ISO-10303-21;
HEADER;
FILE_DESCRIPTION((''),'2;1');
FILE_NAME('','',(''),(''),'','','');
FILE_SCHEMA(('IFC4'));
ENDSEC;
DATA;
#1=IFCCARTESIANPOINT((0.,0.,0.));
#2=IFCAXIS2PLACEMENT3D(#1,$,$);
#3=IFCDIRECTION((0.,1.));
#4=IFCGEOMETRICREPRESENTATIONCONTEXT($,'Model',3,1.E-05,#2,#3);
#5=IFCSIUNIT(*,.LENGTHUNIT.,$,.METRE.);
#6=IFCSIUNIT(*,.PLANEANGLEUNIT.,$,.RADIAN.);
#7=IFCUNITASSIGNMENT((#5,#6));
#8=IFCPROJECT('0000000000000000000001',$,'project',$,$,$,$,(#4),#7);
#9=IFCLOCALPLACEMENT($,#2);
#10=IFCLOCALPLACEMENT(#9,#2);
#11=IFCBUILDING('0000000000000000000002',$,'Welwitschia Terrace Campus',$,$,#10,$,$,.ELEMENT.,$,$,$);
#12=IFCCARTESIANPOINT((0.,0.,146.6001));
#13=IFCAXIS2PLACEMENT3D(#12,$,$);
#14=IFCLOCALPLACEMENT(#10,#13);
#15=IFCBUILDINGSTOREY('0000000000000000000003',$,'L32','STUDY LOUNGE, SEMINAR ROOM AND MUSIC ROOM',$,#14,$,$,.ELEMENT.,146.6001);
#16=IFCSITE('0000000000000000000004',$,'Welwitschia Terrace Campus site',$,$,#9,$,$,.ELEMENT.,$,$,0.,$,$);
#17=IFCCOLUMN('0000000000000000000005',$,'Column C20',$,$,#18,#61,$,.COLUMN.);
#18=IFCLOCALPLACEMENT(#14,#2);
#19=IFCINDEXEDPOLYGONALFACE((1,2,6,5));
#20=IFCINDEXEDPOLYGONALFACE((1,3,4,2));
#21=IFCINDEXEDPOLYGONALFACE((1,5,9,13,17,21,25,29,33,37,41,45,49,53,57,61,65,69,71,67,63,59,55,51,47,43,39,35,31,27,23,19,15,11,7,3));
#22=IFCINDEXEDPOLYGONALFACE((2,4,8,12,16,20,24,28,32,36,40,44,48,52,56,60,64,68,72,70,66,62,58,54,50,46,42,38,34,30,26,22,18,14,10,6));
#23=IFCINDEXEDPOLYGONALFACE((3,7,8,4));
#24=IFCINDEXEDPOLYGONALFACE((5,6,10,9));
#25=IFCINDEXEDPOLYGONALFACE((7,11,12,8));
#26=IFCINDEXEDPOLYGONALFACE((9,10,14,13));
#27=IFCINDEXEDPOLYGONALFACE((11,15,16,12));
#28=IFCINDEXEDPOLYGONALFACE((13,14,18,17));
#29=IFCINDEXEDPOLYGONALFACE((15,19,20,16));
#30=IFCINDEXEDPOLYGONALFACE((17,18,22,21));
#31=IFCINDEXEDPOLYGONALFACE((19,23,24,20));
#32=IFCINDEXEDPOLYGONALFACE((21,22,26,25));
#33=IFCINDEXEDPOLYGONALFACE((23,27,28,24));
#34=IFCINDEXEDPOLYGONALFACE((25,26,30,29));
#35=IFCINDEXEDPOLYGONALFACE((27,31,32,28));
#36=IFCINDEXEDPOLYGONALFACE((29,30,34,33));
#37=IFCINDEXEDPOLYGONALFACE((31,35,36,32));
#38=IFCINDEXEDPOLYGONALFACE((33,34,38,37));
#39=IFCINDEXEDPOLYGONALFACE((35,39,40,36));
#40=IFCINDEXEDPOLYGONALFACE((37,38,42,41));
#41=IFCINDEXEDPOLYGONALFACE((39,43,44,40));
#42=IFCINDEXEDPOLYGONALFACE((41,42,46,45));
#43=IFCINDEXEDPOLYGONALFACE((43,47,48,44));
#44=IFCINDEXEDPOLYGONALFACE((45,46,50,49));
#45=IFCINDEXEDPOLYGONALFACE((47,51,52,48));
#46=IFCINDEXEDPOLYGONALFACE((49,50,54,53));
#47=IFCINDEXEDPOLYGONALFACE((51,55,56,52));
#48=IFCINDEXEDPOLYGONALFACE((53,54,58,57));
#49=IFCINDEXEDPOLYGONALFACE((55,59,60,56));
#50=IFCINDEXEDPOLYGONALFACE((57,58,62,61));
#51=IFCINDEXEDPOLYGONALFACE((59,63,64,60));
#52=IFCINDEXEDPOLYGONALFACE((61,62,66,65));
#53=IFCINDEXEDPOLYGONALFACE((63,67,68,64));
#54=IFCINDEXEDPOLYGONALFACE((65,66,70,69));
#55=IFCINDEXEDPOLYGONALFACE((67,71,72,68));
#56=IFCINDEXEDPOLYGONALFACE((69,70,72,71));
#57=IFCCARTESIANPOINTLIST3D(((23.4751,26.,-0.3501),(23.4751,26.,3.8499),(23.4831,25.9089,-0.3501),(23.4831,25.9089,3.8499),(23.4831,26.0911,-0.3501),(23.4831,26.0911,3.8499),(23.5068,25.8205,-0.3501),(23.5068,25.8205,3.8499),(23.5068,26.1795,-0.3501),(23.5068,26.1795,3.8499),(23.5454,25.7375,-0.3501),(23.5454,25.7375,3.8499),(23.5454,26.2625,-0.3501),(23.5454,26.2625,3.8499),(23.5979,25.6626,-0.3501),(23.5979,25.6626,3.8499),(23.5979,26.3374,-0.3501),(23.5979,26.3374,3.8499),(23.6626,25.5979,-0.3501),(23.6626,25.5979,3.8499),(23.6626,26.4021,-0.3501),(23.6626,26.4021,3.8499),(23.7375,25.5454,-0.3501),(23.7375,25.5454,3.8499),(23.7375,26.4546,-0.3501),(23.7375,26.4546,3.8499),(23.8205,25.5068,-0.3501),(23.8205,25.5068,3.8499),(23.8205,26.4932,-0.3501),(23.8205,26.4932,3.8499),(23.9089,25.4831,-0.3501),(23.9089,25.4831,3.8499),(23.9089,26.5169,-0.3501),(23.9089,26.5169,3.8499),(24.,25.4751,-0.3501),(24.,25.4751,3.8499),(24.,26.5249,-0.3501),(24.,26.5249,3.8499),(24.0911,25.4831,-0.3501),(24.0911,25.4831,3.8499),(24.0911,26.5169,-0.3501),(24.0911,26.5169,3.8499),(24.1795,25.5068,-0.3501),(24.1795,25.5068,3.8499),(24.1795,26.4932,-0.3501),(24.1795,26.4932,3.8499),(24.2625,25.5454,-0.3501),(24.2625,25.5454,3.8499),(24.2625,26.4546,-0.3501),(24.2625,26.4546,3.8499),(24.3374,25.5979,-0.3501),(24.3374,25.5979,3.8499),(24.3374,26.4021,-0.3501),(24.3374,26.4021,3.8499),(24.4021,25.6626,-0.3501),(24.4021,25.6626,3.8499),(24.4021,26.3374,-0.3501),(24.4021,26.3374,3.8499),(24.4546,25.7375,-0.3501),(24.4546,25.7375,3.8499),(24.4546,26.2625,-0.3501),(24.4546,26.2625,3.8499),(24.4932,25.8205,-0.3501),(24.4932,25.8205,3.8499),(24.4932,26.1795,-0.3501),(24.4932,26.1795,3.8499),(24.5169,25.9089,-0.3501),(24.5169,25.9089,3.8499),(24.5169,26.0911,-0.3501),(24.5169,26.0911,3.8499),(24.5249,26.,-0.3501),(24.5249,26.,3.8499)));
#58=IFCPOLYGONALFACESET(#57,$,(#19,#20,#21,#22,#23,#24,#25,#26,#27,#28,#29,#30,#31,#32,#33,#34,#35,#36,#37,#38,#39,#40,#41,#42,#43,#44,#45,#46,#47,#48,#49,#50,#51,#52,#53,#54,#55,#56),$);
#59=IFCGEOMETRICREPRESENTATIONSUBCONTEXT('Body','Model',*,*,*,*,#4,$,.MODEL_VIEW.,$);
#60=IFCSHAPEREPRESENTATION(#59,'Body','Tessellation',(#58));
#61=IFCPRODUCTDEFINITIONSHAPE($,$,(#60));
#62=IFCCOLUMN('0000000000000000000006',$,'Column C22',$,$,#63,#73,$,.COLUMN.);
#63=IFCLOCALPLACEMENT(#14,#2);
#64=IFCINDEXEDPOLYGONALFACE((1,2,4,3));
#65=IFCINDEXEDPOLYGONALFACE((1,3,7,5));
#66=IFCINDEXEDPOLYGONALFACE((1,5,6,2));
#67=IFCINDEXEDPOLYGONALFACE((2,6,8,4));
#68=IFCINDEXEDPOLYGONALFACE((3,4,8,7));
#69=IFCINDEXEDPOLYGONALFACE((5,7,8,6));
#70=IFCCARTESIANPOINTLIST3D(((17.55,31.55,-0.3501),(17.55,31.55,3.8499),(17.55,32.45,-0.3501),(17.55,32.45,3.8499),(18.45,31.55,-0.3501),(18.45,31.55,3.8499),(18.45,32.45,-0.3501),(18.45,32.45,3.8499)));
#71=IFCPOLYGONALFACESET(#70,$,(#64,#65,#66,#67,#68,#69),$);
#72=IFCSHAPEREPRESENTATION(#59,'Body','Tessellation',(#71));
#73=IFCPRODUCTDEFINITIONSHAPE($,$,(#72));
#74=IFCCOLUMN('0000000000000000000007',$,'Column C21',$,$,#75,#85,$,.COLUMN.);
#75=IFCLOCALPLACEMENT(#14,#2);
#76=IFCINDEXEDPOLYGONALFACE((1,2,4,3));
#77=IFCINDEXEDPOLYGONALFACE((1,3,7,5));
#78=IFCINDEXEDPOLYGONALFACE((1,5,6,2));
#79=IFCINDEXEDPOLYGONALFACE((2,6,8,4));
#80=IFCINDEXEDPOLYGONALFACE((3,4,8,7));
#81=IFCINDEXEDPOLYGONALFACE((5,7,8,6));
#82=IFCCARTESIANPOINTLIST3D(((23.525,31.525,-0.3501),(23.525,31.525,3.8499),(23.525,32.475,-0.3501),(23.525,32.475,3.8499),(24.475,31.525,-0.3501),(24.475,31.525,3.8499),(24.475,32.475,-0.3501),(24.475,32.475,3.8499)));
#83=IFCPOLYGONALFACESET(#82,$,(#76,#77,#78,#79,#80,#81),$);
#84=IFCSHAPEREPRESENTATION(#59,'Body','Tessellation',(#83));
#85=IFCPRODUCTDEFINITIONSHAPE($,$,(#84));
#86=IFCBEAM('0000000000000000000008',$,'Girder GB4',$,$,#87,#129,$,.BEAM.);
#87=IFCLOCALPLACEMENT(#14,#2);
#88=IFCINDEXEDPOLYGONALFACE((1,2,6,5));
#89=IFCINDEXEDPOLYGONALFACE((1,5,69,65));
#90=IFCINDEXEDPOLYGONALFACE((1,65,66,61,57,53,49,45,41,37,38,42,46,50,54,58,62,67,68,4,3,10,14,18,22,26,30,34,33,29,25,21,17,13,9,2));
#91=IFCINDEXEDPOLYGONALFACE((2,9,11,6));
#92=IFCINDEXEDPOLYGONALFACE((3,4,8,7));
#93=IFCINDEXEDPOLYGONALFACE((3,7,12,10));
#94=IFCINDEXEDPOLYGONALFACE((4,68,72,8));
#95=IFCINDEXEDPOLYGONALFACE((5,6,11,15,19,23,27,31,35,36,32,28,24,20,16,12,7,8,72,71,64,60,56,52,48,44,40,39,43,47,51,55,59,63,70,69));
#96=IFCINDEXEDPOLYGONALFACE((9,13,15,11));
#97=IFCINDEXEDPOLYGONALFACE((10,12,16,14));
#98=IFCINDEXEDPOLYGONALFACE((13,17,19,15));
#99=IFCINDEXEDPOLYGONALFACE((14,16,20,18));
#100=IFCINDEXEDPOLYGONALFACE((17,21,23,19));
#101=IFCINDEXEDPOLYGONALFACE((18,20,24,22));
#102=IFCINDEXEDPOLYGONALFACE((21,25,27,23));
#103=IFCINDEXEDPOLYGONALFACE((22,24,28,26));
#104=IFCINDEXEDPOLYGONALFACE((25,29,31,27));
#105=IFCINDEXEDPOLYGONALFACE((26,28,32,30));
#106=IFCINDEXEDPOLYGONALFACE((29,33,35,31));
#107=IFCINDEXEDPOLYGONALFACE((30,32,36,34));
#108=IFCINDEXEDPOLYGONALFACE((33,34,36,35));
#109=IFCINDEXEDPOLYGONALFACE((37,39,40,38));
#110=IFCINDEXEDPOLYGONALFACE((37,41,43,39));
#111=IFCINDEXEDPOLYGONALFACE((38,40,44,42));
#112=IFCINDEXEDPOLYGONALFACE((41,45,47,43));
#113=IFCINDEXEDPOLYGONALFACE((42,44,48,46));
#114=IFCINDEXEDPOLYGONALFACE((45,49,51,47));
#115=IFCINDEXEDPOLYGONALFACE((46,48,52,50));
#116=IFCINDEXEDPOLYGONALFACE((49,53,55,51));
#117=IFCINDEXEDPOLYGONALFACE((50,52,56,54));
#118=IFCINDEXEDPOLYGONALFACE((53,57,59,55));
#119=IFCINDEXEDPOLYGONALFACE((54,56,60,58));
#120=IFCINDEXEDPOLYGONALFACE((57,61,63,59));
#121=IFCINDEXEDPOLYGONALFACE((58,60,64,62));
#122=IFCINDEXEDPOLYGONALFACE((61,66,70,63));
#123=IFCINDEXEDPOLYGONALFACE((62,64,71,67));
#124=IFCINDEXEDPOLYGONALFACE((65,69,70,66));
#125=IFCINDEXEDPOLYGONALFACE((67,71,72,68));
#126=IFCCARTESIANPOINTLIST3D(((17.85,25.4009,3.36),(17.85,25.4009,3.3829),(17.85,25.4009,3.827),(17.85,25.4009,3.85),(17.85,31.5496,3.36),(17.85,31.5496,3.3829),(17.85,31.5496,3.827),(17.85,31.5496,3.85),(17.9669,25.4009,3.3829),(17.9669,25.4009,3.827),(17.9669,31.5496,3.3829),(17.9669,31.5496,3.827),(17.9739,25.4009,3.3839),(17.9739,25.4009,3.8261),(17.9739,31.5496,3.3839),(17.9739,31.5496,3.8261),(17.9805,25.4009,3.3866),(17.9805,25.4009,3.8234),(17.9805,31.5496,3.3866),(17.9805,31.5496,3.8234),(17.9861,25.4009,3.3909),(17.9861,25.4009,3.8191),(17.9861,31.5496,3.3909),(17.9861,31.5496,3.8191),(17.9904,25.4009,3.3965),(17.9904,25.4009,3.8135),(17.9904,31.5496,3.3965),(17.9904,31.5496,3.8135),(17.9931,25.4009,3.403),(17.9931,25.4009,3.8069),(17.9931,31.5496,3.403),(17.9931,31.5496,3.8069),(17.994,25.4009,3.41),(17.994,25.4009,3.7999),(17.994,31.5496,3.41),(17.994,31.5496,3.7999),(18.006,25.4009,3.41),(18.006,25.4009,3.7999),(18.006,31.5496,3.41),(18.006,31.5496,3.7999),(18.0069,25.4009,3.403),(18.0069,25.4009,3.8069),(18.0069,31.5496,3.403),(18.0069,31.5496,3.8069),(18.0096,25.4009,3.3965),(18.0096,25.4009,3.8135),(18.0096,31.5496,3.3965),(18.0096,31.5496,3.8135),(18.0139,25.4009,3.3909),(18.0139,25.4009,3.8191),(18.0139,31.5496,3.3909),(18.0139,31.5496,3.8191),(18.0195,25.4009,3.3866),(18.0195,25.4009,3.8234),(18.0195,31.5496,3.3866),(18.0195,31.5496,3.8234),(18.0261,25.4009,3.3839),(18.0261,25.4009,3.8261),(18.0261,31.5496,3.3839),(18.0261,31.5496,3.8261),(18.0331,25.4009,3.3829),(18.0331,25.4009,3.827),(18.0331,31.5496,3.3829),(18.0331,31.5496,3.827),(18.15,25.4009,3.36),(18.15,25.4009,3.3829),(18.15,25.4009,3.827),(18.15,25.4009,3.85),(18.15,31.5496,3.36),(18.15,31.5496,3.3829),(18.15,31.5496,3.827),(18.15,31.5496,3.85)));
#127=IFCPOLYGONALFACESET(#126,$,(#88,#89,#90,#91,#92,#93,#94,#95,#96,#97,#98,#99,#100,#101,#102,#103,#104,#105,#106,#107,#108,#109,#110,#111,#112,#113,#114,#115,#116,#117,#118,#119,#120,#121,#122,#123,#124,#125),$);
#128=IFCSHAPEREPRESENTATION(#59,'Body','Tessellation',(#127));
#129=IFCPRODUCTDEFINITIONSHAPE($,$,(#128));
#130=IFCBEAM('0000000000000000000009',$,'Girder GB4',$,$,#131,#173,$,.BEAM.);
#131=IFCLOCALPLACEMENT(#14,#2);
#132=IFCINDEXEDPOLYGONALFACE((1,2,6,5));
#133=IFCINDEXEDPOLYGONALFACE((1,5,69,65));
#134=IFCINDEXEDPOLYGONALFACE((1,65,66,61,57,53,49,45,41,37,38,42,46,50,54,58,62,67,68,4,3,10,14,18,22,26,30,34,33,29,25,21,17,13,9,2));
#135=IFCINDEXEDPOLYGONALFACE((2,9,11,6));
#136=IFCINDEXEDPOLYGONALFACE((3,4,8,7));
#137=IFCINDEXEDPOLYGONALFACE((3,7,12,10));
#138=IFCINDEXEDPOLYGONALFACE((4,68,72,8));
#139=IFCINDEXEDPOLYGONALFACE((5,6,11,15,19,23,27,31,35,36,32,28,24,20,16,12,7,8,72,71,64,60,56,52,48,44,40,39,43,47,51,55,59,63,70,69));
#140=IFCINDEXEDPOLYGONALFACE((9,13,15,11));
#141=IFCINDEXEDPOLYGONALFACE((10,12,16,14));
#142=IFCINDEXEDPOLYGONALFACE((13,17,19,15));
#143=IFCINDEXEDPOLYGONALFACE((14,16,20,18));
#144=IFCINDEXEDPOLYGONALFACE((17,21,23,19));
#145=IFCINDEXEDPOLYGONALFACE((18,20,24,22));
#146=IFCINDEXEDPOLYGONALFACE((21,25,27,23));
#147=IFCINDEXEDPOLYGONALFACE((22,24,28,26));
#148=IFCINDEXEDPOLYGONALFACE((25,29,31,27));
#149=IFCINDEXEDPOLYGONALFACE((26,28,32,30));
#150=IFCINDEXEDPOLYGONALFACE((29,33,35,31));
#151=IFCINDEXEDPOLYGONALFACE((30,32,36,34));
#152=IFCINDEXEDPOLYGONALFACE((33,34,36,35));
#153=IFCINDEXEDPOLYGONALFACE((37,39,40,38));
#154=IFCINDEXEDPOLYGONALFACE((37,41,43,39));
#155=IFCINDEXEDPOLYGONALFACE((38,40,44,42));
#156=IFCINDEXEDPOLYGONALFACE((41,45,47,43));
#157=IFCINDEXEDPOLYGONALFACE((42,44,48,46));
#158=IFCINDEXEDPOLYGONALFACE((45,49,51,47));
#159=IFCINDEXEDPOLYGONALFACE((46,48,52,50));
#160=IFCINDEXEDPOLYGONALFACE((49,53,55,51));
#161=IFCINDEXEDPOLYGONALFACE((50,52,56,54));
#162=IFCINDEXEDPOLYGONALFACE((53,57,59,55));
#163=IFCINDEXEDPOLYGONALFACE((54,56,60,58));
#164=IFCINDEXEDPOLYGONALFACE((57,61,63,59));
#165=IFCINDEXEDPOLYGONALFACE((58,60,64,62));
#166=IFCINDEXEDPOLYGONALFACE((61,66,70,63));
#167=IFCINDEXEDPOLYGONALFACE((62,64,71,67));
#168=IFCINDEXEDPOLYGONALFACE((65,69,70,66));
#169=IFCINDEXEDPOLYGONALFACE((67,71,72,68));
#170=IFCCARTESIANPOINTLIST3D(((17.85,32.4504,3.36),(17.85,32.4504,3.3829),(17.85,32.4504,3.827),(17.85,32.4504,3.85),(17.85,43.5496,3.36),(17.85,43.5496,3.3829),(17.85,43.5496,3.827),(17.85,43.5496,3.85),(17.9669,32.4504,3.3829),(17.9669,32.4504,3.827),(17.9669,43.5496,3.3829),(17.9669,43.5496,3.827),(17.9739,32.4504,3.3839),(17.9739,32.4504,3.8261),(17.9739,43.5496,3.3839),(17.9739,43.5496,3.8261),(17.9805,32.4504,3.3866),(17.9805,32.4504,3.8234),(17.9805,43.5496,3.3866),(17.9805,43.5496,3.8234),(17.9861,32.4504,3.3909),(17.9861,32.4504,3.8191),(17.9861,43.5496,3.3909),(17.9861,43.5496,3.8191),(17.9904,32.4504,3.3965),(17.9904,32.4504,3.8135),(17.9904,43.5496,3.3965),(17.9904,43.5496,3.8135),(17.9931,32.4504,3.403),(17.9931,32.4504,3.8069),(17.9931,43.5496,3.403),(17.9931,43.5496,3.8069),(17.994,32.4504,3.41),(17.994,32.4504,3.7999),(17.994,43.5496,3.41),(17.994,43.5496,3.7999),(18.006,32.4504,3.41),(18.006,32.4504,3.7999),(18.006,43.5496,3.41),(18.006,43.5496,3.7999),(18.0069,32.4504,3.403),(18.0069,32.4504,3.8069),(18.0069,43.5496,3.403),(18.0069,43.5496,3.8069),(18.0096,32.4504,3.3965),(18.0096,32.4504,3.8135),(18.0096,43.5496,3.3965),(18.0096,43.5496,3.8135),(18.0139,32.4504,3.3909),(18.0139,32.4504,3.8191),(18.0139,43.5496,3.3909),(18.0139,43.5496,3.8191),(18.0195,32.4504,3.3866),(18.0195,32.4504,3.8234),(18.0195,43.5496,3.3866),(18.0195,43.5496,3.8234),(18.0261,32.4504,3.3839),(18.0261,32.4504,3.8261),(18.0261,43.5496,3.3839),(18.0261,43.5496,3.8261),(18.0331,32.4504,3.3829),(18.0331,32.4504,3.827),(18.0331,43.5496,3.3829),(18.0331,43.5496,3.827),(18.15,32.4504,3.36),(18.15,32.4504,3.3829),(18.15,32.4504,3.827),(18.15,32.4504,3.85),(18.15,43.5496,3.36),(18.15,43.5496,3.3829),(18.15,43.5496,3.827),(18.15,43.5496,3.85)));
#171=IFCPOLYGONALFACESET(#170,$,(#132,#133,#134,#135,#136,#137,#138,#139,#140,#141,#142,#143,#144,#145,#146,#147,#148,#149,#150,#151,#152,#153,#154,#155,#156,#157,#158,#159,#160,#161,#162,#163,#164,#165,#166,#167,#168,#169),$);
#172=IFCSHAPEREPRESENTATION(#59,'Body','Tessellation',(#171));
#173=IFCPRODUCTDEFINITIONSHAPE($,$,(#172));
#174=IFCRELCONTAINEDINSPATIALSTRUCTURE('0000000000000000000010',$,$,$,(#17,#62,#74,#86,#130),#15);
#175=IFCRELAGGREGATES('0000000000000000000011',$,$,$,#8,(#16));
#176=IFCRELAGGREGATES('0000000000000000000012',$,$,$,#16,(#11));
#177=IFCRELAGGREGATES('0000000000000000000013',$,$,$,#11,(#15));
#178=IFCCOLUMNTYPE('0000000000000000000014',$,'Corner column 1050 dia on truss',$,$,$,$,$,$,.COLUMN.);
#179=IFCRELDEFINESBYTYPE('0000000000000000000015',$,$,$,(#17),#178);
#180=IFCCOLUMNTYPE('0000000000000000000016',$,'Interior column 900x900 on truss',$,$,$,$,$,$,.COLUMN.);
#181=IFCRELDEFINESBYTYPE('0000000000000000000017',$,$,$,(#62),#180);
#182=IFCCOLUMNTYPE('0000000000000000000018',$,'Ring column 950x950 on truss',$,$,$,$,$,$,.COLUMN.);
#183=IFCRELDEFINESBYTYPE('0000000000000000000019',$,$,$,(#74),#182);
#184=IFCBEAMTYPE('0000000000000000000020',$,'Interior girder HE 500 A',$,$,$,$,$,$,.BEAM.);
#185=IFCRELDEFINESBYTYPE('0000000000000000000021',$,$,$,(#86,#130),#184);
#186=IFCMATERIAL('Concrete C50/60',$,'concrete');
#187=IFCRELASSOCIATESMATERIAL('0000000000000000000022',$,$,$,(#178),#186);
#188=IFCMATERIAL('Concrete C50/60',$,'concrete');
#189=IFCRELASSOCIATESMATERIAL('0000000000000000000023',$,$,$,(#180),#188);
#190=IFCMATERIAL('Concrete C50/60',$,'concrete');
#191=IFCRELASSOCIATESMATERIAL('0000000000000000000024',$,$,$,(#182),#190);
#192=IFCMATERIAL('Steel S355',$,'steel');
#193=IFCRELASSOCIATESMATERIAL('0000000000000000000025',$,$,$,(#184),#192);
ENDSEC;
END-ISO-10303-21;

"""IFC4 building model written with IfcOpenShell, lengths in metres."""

from ifc_helpers import new_model, si_unit, direction, frame, origin, origin_2d, place, context, subcontext, project, spatial, rectangle, circle, i_section, extrude, material, material_profile, profile_set, type_object, element, save


model = new_model("IFC4")

# Units and contexts
model_context = context("Model", 3, precision=1e-05, world=origin(), true_north=direction((0.0, 1.0)))
body_context = subcontext(model_context, "Body", "Model", "MODEL_VIEW")
ifc_project = project(units=[si_unit("LENGTHUNIT", "METRE"), si_unit("PLANEANGLEUNIT", "RADIAN")], contexts=[model_context])

# Site, building, storey
site_placement = place(None, origin())
site = spatial("IfcSite", under=ifc_project, at=site_placement, Name="Welwitschia Terrace Campus site", CompositionType="ELEMENT", RefElevation=0.0)
building_placement = place(site_placement, origin())
building = spatial("IfcBuilding", under=site, at=building_placement, Name="Welwitschia Terrace Campus", CompositionType="ELEMENT")
storey_placement = place(building_placement, frame((0.0, 0.0, 146.6001)))
storey = spatial("IfcBuildingStorey", under=building, at=storey_placement, Name="L32", Description="STUDY LOUNGE, SEMINAR ROOM AND MUSIC ROOM", CompositionType="ELEMENT", Elevation=146.6001)

# Columns
ifc_material_1 = material(Name="Concrete C50/60", Category="concrete")
ifc_material_profile_1 = material_profile(ifc_material_1, circle(Radius=0.5249, at=origin_2d()))
ifc_profile_set_1 = profile_set([ifc_material_profile_1], Name="Concrete C50/60")
column_type_1 = type_object("IfcColumnType", Name="Corner column 1050 dia on truss", PredefinedType="COLUMN", material=ifc_profile_set_1)
column_1_placement = place(storey_placement, frame((24.0, 26.0, -0.3501), z_axis=(0.0, 0.0, 1.0), x_axis=(1.0, 0.0, 0.0)))
element("IfcColumn", 1, at=column_1_placement, inside=storey, type_object=column_type_1, Name="Column C20", PredefinedType="COLUMN", context=body_context, shape_type="SweptSolid", body=[
    extrude(circle(Radius=0.5249, at=origin_2d()), origin(), (0.0, 0.0, 1.0), 4.2),
])
ifc_material_2 = material(Name="Concrete C50/60", Category="concrete")
ifc_material_profile_2 = material_profile(ifc_material_2, rectangle(XDim=0.8999, YDim=0.8999, at=origin_2d()))
ifc_profile_set_2 = profile_set([ifc_material_profile_2], Name="Concrete C50/60")
column_type_2 = type_object("IfcColumnType", Name="Interior column 900x900 on truss", PredefinedType="COLUMN", material=ifc_profile_set_2)
column_2_placement = place(storey_placement, frame((18.0, 32.0, -0.3501), z_axis=(0.0, 0.0, 1.0), x_axis=(1.0, 0.0, 0.0)))
element("IfcColumn", 2, at=column_2_placement, inside=storey, type_object=column_type_2, Name="Column C22", PredefinedType="COLUMN", context=body_context, shape_type="SweptSolid", body=[
    extrude(rectangle(XDim=0.8999, YDim=0.8999, at=origin_2d()), origin(), (0.0, 0.0, 1.0), 4.2),
])
ifc_material_3 = material(Name="Concrete C50/60", Category="concrete")
ifc_material_profile_3 = material_profile(ifc_material_3, rectangle(XDim=0.95, YDim=0.95, at=origin_2d()))
ifc_profile_set_3 = profile_set([ifc_material_profile_3], Name="Concrete C50/60")
column_type_3 = type_object("IfcColumnType", Name="Ring column 950x950 on truss", PredefinedType="COLUMN", material=ifc_profile_set_3)
column_3_placement = place(storey_placement, frame((24.0, 32.0, -0.3501), z_axis=(0.0, 0.0, 1.0), x_axis=(1.0, 0.0, 0.0)))
element("IfcColumn", 3, at=column_3_placement, inside=storey, type_object=column_type_3, Name="Column C21", PredefinedType="COLUMN", context=body_context, shape_type="SweptSolid", body=[
    extrude(rectangle(XDim=0.95, YDim=0.95, at=origin_2d()), origin(), (0.0, 0.0, 1.0), 4.2),
])

# Beams
ifc_material_4 = material(Name="Steel S355", Category="steel")
ifc_material_profile_4 = material_profile(ifc_material_4, i_section(OverallWidth=0.3, OverallDepth=0.49, WebThickness=0.012, FlangeThickness=0.0229, FilletRadius=0.0271, at=origin_2d()))
ifc_profile_set_4 = profile_set([ifc_material_profile_4], Name="Steel S355")
beam_type_1 = type_object("IfcBeamType", Name="Interior girder HE 500 A", PredefinedType="BEAM", material=ifc_profile_set_4)
beam_1_placement = place(storey_placement, frame((18.0, 25.4009, 3.605), z_axis=(0.0, 1.0, 0.0), x_axis=(-1.0, 0.0, 0.0)))
element("IfcBeam", 4, at=beam_1_placement, inside=storey, type_object=beam_type_1, Name="Girder GB4", PredefinedType="BEAM", context=body_context, shape_type="SweptSolid", body=[
    extrude(i_section(OverallWidth=0.3, OverallDepth=0.49, WebThickness=0.012, FlangeThickness=0.0229, FilletRadius=0.0271, at=origin_2d()), origin(), (0.0, 0.0, 1.0), 6.1487),
])
beam_2_placement = place(storey_placement, frame((18.0, 32.4504, 3.605), z_axis=(0.0, 1.0, 0.0), x_axis=(-1.0, 0.0, 0.0)))
element("IfcBeam", 5, at=beam_2_placement, inside=storey, type_object=beam_type_1, Name="Girder GB4", PredefinedType="BEAM", context=body_context, shape_type="SweptSolid", body=[
    extrude(i_section(OverallWidth=0.3, OverallDepth=0.49, WebThickness=0.012, FlangeThickness=0.0229, FilletRadius=0.0271, at=origin_2d()), origin(), (0.0, 0.0, 1.0), 11.0991),
])

save(model, "model.ifc")
